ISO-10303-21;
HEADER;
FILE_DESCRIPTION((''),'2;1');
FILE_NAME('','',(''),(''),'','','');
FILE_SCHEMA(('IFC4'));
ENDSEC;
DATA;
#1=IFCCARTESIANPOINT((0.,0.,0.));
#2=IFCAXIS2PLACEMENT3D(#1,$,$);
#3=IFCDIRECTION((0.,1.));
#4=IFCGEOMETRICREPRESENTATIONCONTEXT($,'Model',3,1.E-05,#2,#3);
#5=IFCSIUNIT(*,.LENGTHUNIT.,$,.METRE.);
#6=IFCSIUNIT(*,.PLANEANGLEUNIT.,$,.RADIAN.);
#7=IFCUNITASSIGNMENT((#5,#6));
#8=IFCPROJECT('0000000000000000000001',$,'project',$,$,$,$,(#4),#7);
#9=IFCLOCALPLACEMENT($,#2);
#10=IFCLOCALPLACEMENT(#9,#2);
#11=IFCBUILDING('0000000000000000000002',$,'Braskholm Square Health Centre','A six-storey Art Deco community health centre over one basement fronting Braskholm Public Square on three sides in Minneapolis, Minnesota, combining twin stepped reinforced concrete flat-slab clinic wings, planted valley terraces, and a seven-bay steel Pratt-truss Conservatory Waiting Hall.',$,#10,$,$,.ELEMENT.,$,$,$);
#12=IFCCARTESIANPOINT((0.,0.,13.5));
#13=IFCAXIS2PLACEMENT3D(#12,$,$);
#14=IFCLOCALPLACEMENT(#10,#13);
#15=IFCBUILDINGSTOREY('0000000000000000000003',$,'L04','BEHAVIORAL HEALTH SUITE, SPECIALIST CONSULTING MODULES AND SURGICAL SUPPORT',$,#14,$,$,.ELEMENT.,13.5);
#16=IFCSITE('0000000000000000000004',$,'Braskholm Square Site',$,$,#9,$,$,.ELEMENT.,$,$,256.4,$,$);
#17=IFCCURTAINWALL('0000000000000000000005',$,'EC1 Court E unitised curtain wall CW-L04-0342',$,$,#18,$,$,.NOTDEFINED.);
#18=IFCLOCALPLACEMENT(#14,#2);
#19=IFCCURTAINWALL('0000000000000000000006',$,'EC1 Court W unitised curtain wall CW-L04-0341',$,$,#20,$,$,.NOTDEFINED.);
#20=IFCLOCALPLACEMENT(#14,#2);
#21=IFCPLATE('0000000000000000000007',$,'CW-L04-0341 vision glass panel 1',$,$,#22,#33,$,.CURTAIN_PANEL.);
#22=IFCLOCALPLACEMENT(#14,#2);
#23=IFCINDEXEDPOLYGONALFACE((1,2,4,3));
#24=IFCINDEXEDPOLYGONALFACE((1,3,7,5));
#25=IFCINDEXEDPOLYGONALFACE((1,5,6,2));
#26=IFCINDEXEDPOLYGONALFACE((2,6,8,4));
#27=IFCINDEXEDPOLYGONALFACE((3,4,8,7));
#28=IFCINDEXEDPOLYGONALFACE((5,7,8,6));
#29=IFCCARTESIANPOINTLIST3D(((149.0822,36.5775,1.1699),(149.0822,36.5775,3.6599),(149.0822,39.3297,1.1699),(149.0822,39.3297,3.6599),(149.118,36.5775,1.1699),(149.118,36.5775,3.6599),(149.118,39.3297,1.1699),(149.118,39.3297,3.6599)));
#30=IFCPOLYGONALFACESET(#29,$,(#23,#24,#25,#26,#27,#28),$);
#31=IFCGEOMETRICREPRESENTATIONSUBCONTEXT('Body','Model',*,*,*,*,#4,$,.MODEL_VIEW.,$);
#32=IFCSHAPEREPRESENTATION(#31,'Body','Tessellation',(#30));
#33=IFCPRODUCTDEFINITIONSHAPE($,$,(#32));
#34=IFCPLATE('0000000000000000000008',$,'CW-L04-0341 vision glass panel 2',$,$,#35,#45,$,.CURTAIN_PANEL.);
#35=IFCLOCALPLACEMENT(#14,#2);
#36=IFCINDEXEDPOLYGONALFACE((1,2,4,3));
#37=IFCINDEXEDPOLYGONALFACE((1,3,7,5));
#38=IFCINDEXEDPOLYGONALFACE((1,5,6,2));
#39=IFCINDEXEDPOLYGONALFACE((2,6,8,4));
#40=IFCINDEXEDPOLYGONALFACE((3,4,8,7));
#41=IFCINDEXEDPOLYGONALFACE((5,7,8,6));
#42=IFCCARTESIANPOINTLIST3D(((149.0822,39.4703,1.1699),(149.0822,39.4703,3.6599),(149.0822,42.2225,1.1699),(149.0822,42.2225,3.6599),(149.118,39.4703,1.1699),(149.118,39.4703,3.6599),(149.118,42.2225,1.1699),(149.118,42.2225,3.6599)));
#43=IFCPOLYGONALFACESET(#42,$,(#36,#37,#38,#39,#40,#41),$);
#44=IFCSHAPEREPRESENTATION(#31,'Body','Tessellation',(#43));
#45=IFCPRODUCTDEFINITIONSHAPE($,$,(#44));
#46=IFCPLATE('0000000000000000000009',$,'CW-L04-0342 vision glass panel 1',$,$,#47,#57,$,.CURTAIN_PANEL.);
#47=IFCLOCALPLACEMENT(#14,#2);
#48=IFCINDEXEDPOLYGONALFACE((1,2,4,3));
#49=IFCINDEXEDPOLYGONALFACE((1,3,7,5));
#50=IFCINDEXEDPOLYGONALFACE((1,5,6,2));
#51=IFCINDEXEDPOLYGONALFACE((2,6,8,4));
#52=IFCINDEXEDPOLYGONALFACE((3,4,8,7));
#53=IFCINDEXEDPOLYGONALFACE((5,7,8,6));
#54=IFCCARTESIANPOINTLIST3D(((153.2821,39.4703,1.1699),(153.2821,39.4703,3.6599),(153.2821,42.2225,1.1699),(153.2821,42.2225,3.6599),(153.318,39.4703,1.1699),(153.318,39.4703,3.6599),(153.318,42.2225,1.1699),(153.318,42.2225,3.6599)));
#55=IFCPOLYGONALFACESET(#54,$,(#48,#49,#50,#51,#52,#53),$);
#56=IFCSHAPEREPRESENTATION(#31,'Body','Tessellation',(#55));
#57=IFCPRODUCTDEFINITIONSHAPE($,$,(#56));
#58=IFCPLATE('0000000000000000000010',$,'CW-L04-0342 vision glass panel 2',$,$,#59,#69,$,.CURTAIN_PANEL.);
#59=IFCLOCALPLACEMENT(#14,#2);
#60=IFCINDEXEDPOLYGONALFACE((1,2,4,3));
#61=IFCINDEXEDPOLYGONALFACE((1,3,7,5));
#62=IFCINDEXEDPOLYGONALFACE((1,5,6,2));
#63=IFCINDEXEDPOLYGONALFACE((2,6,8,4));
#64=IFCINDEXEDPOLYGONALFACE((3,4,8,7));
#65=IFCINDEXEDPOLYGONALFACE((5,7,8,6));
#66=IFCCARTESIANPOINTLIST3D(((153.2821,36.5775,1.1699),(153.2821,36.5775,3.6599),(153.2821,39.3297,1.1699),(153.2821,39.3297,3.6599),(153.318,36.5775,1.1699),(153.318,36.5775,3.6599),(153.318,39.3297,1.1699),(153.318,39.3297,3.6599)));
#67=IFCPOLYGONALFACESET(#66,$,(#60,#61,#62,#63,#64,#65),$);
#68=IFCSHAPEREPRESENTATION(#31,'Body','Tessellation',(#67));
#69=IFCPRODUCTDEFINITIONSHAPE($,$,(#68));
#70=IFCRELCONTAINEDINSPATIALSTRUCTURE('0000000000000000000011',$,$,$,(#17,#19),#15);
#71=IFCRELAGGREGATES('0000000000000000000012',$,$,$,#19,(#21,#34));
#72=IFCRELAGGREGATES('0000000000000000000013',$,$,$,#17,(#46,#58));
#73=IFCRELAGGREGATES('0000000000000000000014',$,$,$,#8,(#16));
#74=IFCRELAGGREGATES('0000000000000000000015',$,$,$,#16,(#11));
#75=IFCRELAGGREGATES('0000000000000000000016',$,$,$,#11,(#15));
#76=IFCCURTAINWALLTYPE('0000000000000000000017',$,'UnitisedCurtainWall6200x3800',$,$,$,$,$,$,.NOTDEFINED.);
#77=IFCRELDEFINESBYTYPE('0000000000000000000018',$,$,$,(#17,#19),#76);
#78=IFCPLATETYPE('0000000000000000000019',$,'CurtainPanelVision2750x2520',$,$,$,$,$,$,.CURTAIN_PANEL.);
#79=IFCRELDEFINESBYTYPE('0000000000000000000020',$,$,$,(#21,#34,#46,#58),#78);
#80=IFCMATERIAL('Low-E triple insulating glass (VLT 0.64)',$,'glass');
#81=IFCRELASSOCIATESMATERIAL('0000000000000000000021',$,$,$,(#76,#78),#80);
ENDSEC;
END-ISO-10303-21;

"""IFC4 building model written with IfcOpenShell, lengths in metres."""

from ifc_helpers import new_model, si_unit, direction, frame, origin, origin_2d, place, context, subcontext, project, spatial, rectangle, extrude, material, type_object, element, aggregate, save


model = new_model("IFC4")

# Units and contexts
model_context = context("Model", 3, precision=1e-05, world=origin(), true_north=direction((0.0, 1.0)))
body_context = subcontext(model_context, "Body", "Model", "MODEL_VIEW")
ifc_project = project(units=[si_unit("LENGTHUNIT", "METRE"), si_unit("PLANEANGLEUNIT", "RADIAN")], contexts=[model_context])

# Site, building, storey
site_placement = place(None, origin())
site = spatial("IfcSite", under=ifc_project, at=site_placement, Name="Braskholm Square Site", CompositionType="ELEMENT", RefElevation=256.4)
building_placement = place(site_placement, origin())
building = spatial("IfcBuilding", under=site, at=building_placement, Name="Braskholm Square Health Centre", Description="A six-storey Art Deco community health centre over one basement fronting Braskholm Public Square on three sides in Minneapolis, Minnesota, combining twin stepped reinforced concrete flat-slab clinic wings, planted valley terraces, and a seven-bay steel Pratt-truss Conservatory Waiting Hall.", CompositionType="ELEMENT")
storey_placement = place(building_placement, frame((0.0, 0.0, 13.5)))
storey = spatial("IfcBuildingStorey", under=building, at=storey_placement, Name="L04", Description="BEHAVIORAL HEALTH SUITE, SPECIALIST CONSULTING MODULES AND SURGICAL SUPPORT", CompositionType="ELEMENT", Elevation=13.5)

# Curtain walls
ifc_material_1 = material(Name="Low-E triple insulating glass (VLT 0.64)", Category="glass")
curtain_wall_type_1 = type_object("IfcCurtainWallType", Name="UnitisedCurtainWall6200x3800", PredefinedType="NOTDEFINED", material=ifc_material_1)
curtain_wall_1_placement = place(storey_placement, origin())
curtain_wall_1 = element("IfcCurtainWall", 1, at=curtain_wall_1_placement, inside=storey, type_object=curtain_wall_type_1, Name="EC1 Court E unitised curtain wall CW-L04-0342", PredefinedType="NOTDEFINED")
curtain_wall_2_placement = place(storey_placement, origin())
curtain_wall_2 = element("IfcCurtainWall", 2, at=curtain_wall_2_placement, inside=storey, type_object=curtain_wall_type_1, Name="EC1 Court W unitised curtain wall CW-L04-0341", PredefinedType="NOTDEFINED")

# Plates
plate_type_1 = type_object("IfcPlateType", Name="CurtainPanelVision2750x2520", PredefinedType="CURTAIN_PANEL", material=ifc_material_1)
plate_1_placement = place(storey_placement, frame((149.1001, 37.9536, 1.1699), z_axis=(0.0, 0.0, 1.0), x_axis=(0.0, 1.0, 0.0)))
plate_1 = element("IfcPlate", 3, at=plate_1_placement, type_object=plate_type_1, Name="CW-L04-0341 vision glass panel 1", PredefinedType="CURTAIN_PANEL", context=body_context, shape_type="SweptSolid", body=[
    extrude(rectangle(XDim=2.7522, YDim=0.0359, at=origin_2d()), origin(), (0.0, 0.0, 1.0), 2.49),
])
plate_2_placement = place(storey_placement, frame((149.1001, 40.8464, 1.1699), z_axis=(0.0, 0.0, 1.0), x_axis=(0.0, 1.0, 0.0)))
plate_2 = element("IfcPlate", 4, at=plate_2_placement, type_object=plate_type_1, Name="CW-L04-0341 vision glass panel 2", PredefinedType="CURTAIN_PANEL", context=body_context, shape_type="SweptSolid", body=[
    extrude(rectangle(XDim=2.7522, YDim=0.0359, at=origin_2d()), origin(), (0.0, 0.0, 1.0), 2.49),
])
aggregate(curtain_wall_2, [plate_1, plate_2])
plate_3_placement = place(storey_placement, frame((153.3, 40.8464, 1.1699), z_axis=(0.0, 0.0, 1.0), x_axis=(0.0, -1.0, 0.0)))
plate_3 = element("IfcPlate", 5, at=plate_3_placement, type_object=plate_type_1, Name="CW-L04-0342 vision glass panel 1", PredefinedType="CURTAIN_PANEL", context=body_context, shape_type="SweptSolid", body=[
    extrude(rectangle(XDim=2.7522, YDim=0.0359, at=origin_2d()), origin(), (0.0, 0.0, 1.0), 2.49),
])
plate_4_placement = place(storey_placement, frame((153.3, 37.9536, 1.1699), z_axis=(0.0, 0.0, 1.0), x_axis=(0.0, -1.0, 0.0)))
plate_4 = element("IfcPlate", 6, at=plate_4_placement, type_object=plate_type_1, Name="CW-L04-0342 vision glass panel 2", PredefinedType="CURTAIN_PANEL", context=body_context, shape_type="SweptSolid", body=[
    extrude(rectangle(XDim=2.7522, YDim=0.0359, at=origin_2d()), origin(), (0.0, 0.0, 1.0), 2.49),
])
aggregate(curtain_wall_1, [plate_3, plate_4])

save(model, "model.ifc")
